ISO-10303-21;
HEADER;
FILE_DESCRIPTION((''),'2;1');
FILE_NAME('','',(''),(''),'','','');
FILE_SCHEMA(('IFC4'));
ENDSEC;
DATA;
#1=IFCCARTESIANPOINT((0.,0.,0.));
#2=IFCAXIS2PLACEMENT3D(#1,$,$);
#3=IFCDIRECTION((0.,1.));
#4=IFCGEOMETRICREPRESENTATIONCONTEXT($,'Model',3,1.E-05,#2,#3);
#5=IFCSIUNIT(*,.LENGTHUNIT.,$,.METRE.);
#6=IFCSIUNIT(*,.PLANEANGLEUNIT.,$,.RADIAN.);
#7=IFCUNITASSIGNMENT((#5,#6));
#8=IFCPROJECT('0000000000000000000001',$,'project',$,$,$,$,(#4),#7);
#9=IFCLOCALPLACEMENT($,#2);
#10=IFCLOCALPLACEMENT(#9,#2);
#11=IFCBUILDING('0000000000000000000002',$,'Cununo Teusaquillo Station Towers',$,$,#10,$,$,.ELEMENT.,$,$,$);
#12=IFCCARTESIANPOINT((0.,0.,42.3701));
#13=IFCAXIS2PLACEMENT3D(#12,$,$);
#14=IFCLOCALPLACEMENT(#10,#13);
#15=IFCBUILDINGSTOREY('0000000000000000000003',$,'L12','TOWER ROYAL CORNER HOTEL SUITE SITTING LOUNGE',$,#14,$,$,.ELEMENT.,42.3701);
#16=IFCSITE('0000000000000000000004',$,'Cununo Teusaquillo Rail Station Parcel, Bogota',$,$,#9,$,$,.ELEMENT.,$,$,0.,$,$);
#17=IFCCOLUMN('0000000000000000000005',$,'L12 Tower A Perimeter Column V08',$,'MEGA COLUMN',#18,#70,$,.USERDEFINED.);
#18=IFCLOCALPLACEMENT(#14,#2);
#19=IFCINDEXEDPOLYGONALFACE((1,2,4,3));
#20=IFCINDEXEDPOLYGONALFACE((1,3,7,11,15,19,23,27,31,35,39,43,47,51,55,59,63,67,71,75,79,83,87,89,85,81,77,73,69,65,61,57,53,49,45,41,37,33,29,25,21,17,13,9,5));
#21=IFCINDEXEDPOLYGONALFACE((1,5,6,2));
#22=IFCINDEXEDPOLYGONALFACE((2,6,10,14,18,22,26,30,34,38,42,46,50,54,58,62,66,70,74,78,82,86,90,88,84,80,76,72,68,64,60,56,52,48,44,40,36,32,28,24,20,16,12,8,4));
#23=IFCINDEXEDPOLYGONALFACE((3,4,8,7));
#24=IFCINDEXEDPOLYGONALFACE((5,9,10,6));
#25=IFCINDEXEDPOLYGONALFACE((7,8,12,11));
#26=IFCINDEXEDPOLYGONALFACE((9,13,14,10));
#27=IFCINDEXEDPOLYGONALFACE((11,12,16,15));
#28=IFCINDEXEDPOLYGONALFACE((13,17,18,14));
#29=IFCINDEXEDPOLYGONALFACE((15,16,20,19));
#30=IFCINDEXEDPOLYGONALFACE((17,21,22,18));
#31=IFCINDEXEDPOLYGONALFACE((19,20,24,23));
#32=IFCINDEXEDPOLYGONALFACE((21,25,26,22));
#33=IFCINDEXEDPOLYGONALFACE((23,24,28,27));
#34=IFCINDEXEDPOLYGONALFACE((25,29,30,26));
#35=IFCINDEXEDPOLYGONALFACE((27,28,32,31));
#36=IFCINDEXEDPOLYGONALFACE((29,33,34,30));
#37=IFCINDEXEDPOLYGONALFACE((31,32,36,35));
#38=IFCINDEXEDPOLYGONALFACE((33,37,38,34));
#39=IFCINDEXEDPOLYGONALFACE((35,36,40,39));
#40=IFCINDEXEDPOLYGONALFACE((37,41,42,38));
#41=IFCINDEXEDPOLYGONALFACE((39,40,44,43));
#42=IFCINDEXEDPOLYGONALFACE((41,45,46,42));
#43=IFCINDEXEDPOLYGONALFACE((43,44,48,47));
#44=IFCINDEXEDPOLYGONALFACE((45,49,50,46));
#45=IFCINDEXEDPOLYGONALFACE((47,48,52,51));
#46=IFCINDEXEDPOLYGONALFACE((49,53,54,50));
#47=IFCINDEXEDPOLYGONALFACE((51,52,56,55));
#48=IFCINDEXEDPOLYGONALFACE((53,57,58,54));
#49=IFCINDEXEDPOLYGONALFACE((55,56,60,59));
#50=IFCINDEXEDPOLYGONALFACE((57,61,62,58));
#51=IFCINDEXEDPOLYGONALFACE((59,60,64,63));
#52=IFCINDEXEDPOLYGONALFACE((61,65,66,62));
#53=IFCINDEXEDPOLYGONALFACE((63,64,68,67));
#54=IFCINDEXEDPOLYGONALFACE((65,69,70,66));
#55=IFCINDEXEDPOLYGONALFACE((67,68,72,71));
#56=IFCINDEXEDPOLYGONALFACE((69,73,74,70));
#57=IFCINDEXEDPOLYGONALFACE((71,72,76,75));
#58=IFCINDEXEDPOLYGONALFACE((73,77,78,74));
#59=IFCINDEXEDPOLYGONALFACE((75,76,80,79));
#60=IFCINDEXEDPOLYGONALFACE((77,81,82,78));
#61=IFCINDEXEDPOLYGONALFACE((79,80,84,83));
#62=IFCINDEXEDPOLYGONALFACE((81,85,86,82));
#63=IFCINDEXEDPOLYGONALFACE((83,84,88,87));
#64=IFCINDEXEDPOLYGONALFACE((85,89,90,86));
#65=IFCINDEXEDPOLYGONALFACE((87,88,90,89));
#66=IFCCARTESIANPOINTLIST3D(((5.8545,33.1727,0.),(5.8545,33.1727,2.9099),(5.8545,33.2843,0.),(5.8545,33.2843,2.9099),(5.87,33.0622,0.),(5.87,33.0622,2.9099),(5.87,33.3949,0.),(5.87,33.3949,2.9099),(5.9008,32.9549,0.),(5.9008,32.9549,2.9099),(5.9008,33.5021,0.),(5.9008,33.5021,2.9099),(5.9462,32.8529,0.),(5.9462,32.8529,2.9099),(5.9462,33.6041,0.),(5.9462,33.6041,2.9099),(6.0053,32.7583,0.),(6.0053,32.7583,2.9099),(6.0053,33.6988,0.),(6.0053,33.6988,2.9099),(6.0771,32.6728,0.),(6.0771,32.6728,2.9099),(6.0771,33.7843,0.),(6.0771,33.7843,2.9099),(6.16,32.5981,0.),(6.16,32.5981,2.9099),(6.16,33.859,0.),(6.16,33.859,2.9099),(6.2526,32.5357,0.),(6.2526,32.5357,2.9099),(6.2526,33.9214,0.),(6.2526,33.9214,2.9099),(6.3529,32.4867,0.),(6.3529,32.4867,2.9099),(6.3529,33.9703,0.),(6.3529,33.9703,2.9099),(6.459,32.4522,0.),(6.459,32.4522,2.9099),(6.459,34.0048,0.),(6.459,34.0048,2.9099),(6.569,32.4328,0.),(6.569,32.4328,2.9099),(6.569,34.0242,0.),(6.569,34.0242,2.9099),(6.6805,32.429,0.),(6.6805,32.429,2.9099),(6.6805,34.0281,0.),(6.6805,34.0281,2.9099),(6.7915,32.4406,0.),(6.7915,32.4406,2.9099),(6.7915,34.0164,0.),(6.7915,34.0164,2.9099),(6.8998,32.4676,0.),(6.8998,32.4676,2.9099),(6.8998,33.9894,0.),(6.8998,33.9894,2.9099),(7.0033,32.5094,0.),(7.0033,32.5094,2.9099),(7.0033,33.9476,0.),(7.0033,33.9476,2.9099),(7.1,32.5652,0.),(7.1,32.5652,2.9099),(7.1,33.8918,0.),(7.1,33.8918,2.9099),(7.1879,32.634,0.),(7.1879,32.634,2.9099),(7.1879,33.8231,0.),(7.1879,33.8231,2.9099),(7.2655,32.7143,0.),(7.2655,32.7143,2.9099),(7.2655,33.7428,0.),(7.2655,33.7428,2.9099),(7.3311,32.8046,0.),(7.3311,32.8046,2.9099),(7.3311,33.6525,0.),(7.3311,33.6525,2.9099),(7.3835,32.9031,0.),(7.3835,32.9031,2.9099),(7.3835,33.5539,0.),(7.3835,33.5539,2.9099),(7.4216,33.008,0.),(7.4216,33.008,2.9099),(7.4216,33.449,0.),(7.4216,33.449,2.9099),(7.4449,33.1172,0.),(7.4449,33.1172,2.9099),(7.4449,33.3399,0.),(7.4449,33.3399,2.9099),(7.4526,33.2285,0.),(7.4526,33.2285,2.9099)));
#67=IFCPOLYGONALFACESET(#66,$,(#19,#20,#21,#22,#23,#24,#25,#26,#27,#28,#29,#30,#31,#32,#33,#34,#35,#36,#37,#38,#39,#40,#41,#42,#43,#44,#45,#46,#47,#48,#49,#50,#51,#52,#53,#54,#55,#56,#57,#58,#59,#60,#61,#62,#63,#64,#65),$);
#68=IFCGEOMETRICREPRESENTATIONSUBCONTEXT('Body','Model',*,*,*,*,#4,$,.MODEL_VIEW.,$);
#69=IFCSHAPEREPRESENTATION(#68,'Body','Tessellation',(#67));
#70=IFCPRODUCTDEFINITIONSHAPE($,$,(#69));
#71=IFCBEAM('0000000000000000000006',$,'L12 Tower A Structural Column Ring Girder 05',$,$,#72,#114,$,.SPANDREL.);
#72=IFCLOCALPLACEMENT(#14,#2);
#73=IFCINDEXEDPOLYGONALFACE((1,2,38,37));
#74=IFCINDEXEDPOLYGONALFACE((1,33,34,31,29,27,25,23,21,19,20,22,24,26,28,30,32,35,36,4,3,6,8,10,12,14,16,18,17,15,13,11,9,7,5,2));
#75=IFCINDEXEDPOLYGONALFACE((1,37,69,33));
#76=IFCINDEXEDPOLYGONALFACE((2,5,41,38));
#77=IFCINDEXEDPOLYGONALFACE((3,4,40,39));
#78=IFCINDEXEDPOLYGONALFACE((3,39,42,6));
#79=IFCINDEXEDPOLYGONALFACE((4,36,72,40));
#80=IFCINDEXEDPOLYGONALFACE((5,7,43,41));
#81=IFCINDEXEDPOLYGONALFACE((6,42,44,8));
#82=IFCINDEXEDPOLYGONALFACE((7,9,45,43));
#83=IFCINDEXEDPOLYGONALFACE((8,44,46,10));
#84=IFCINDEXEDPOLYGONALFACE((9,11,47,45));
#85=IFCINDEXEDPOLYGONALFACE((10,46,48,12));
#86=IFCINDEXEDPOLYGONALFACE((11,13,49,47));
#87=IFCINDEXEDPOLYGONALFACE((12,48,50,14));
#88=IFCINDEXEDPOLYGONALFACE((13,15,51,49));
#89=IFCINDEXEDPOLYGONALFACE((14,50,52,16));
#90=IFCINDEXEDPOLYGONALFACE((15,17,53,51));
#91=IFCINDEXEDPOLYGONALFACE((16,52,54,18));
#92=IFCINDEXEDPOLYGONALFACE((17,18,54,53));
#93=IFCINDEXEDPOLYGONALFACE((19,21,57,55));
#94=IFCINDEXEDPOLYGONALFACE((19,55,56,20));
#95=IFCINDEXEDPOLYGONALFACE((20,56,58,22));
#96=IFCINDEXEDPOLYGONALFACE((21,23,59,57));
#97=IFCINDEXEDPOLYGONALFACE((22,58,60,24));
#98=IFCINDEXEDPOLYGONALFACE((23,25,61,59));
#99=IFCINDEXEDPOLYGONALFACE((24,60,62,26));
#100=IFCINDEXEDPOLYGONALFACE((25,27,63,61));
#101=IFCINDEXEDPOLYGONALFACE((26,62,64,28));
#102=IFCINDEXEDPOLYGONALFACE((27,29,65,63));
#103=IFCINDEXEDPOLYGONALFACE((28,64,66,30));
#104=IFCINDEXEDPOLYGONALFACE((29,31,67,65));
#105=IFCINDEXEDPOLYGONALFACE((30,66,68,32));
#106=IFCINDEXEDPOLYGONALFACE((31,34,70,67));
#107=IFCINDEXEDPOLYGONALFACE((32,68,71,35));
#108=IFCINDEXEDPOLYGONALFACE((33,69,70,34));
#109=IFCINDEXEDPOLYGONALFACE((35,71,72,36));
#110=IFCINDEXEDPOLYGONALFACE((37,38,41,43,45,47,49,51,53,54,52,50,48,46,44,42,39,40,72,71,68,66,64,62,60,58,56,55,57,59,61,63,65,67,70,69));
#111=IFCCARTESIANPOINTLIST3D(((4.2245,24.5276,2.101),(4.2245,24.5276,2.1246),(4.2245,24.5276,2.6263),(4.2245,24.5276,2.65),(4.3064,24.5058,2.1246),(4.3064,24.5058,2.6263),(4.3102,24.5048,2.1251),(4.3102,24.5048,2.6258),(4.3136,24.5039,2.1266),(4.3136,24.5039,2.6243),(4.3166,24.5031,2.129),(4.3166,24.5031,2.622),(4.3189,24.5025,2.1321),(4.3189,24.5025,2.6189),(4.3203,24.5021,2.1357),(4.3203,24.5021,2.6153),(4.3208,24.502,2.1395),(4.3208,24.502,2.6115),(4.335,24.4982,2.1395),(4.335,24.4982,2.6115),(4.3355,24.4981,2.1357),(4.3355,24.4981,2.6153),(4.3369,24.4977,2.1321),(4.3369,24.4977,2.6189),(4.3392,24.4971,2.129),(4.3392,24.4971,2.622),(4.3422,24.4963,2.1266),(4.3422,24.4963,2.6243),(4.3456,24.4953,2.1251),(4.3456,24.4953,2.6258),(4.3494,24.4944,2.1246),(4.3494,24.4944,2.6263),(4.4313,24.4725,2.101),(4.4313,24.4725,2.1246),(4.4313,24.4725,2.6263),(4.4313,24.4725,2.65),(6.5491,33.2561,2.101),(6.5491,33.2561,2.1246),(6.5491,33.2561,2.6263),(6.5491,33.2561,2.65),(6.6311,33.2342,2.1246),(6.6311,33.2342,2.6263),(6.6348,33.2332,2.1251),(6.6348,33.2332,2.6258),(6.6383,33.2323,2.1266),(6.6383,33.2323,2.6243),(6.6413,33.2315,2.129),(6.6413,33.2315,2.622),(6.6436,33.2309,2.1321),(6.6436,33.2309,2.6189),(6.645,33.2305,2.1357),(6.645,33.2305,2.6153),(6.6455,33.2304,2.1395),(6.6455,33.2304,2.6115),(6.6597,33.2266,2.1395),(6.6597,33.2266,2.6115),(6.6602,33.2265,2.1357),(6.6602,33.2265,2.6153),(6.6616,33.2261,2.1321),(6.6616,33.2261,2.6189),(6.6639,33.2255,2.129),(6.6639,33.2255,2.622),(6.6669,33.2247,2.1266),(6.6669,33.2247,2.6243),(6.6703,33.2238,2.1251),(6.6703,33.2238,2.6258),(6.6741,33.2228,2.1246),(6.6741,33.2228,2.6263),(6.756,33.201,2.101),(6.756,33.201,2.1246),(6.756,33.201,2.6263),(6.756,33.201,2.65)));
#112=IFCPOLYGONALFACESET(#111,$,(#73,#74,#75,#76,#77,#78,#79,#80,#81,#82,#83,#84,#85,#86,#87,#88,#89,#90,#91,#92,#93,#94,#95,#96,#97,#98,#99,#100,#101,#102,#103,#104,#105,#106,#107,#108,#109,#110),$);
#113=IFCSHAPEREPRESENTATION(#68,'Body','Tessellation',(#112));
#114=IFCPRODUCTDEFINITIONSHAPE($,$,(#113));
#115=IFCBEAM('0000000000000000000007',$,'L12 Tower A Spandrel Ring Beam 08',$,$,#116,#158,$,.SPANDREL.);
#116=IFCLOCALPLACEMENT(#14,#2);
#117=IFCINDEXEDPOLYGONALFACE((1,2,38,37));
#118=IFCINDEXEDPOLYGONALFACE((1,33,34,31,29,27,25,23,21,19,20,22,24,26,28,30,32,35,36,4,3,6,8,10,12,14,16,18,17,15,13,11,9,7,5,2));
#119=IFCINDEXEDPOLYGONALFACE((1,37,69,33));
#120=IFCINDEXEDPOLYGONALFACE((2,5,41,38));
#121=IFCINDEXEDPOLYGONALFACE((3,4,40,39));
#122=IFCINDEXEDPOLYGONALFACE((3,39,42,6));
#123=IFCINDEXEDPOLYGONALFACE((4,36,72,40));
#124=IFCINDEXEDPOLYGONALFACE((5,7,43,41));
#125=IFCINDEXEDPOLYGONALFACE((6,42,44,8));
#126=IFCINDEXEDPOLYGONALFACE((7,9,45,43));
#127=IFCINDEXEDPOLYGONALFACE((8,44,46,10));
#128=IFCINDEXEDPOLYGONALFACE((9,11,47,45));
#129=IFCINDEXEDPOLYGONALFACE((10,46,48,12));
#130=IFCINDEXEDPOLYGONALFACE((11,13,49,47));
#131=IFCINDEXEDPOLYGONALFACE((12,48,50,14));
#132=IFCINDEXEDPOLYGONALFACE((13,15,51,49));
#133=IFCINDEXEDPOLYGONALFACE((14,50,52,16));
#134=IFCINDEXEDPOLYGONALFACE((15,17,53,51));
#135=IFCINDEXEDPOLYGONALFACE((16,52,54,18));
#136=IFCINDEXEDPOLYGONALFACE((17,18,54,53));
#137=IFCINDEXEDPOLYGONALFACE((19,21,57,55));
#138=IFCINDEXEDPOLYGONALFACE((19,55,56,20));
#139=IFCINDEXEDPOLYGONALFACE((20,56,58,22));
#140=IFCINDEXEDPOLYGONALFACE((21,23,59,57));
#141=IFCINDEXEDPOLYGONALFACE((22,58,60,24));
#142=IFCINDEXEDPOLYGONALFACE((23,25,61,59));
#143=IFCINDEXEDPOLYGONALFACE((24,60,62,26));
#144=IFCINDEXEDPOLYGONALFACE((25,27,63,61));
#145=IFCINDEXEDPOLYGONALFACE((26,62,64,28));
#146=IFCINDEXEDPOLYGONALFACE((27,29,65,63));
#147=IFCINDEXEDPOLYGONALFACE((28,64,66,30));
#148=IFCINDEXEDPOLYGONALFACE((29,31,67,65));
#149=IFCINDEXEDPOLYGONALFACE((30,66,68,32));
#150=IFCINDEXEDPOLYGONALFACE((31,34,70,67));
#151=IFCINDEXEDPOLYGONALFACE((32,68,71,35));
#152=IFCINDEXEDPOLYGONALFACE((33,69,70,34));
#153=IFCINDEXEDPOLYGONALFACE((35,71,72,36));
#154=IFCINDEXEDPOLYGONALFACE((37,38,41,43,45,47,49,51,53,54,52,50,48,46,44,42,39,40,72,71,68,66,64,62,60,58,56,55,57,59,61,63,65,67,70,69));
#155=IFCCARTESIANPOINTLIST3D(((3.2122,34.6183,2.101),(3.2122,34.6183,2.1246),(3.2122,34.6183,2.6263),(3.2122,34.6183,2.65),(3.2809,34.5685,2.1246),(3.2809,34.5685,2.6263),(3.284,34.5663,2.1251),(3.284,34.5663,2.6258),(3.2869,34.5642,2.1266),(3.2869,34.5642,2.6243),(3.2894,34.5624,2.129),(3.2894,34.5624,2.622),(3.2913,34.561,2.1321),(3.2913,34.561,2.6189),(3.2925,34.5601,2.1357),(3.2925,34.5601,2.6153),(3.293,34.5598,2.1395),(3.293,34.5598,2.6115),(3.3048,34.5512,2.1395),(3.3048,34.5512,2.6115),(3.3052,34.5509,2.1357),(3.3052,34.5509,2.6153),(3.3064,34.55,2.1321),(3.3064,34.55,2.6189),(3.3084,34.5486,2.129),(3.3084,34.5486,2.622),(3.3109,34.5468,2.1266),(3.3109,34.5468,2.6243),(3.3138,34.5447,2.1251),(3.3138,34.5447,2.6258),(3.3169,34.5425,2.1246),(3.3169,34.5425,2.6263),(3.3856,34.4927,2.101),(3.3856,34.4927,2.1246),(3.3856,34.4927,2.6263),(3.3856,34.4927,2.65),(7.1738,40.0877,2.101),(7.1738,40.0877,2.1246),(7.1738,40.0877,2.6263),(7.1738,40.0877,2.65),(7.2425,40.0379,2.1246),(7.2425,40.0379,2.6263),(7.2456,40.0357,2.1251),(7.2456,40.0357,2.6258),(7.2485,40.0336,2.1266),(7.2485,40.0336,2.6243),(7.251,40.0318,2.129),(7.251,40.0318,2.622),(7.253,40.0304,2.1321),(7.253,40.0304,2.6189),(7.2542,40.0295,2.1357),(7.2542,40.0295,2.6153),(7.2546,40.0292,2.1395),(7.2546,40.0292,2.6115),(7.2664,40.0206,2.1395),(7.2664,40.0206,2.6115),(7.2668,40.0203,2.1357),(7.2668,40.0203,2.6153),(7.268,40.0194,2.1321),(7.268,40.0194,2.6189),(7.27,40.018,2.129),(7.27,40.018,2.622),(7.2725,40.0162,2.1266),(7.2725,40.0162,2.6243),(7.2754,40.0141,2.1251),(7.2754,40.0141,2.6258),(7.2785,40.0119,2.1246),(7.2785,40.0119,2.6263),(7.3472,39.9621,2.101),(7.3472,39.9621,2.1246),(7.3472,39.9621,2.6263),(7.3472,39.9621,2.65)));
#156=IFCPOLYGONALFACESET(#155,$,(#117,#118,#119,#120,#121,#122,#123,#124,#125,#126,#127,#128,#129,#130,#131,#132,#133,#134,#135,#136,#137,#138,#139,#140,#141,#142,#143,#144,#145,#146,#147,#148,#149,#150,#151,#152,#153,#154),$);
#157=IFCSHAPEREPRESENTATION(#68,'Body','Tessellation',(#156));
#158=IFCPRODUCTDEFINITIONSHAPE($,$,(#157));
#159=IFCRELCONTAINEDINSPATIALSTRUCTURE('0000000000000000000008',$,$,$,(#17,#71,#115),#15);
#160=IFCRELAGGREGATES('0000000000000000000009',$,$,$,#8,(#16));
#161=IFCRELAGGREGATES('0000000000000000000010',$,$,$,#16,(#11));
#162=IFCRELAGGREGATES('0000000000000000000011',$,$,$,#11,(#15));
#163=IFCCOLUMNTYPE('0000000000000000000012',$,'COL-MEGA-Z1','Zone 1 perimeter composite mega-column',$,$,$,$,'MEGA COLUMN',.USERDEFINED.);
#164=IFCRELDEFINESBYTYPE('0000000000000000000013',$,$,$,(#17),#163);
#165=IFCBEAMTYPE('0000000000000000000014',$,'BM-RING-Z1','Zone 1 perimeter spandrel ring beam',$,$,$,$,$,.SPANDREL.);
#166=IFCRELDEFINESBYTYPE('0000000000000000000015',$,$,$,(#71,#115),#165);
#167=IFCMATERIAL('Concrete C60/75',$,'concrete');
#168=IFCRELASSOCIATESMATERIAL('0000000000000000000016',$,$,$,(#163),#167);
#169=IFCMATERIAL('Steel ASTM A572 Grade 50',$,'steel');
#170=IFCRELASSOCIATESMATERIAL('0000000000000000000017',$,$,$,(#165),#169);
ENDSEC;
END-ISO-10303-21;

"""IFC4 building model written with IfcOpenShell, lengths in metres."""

from ifc_helpers import new_model, si_unit, direction, frame, origin, origin_2d, place, context, subcontext, project, spatial, circle, i_section, extrude, material, material_profile, profile_set, type_object, element, save


model = new_model("IFC4")

# Units and contexts
model_context = context("Model", 3, precision=1e-05, world=origin(), true_north=direction((0.0, 1.0)))
body_context = subcontext(model_context, "Body", "Model", "MODEL_VIEW")
ifc_project = project(units=[si_unit("LENGTHUNIT", "METRE"), si_unit("PLANEANGLEUNIT", "RADIAN")], contexts=[model_context])

# Site, building, storey
site_placement = place(None, origin())
site = spatial("IfcSite", under=ifc_project, at=site_placement, Name="Cununo Teusaquillo Rail Station Parcel, Bogota", CompositionType="ELEMENT", RefElevation=0.0)
building_placement = place(site_placement, origin())
building = spatial("IfcBuilding", under=site, at=building_placement, Name="Cununo Teusaquillo Station Towers", CompositionType="ELEMENT")
storey_placement = place(building_placement, frame((0.0, 0.0, 42.3701)))
storey = spatial("IfcBuildingStorey", under=building, at=storey_placement, Name="L12", Description="TOWER ROYAL CORNER HOTEL SUITE SITTING LOUNGE", CompositionType="ELEMENT", Elevation=42.3701)

# Column
ifc_material_1 = material(Name="Concrete C60/75", Category="concrete")
ifc_material_profile_1 = material_profile(ifc_material_1, circle(Radius=0.8, at=origin_2d()), Name="RC-CIRC-1600")
ifc_profile_set_1 = profile_set([ifc_material_profile_1], Name="Concrete C60/75")
column_type = type_object("IfcColumnType", Name="COL-MEGA-Z1", Description="Zone 1 perimeter composite mega-column", ElementType="MEGA COLUMN", PredefinedType="USERDEFINED", material=ifc_profile_set_1)
column_placement = place(storey_placement, frame((6.6526, 33.2285, 0.0), z_axis=(0.0, 0.0, 1.0), x_axis=(1.0, 0.0, 0.0)))
element("IfcColumn", 1, at=column_placement, inside=storey, type_object=column_type, Name="L12 Tower A Perimeter Column V08", ObjectType="MEGA COLUMN", PredefinedType="USERDEFINED", context=body_context, shape_type="SweptSolid", body=[
    extrude(circle(Radius=0.8, at=origin_2d()), origin(), (0.0, 0.0, 1.0), 2.9099),
])

# Beams
ifc_material_2 = material(Name="Steel ASTM A572 Grade 50", Category="steel")
ifc_material_profile_2 = material_profile(ifc_material_2, i_section(OverallWidth=0.2141, OverallDepth=0.5491, WebThickness=0.0146, FlangeThickness=0.0237, FilletRadius=0.0149, at=origin_2d()), Name="W21X93")
ifc_profile_set_2 = profile_set([ifc_material_profile_2], Name="Steel ASTM A572 Grade 50")
beam_type = type_object("IfcBeamType", Name="BM-RING-Z1", Description="Zone 1 perimeter spandrel ring beam", PredefinedType="SPANDREL", material=ifc_profile_set_2)
beam_1_placement = place(storey_placement, frame((6.6526, 33.2285, 2.3755), z_axis=(-0.257363, -0.966315, 0.0), x_axis=(0.966315, -0.257363, 0.0)))
element("IfcBeam", 2, at=beam_1_placement, inside=storey, type_object=beam_type, Name="L12 Tower A Structural Column Ring Girder 05", PredefinedType="SPANDREL", context=body_context, shape_type="SweptSolid", body=[
    extrude(i_section(OverallWidth=0.2141, OverallDepth=0.5491, WebThickness=0.0146, FlangeThickness=0.0237, FilletRadius=0.0149, at=origin_2d()), origin(), (0.0, 0.0, 1.0), 9.0327),
])
beam_2_placement = place(storey_placement, frame((7.2605, 40.0249, 2.3755), z_axis=(-0.586608, -0.809871, 0.0), x_axis=(0.809871, -0.586608, 0.0)))
element("IfcBeam", 3, at=beam_2_placement, inside=storey, type_object=beam_type, Name="L12 Tower A Spandrel Ring Beam 08", PredefinedType="SPANDREL", context=body_context, shape_type="SweptSolid", body=[
    extrude(i_section(OverallWidth=0.2141, OverallDepth=0.5491, WebThickness=0.0146, FlangeThickness=0.0237, FilletRadius=0.0149, at=origin_2d()), origin(), (0.0, 0.0, 1.0), 6.7534),
])

save(model, "model.ifc")
